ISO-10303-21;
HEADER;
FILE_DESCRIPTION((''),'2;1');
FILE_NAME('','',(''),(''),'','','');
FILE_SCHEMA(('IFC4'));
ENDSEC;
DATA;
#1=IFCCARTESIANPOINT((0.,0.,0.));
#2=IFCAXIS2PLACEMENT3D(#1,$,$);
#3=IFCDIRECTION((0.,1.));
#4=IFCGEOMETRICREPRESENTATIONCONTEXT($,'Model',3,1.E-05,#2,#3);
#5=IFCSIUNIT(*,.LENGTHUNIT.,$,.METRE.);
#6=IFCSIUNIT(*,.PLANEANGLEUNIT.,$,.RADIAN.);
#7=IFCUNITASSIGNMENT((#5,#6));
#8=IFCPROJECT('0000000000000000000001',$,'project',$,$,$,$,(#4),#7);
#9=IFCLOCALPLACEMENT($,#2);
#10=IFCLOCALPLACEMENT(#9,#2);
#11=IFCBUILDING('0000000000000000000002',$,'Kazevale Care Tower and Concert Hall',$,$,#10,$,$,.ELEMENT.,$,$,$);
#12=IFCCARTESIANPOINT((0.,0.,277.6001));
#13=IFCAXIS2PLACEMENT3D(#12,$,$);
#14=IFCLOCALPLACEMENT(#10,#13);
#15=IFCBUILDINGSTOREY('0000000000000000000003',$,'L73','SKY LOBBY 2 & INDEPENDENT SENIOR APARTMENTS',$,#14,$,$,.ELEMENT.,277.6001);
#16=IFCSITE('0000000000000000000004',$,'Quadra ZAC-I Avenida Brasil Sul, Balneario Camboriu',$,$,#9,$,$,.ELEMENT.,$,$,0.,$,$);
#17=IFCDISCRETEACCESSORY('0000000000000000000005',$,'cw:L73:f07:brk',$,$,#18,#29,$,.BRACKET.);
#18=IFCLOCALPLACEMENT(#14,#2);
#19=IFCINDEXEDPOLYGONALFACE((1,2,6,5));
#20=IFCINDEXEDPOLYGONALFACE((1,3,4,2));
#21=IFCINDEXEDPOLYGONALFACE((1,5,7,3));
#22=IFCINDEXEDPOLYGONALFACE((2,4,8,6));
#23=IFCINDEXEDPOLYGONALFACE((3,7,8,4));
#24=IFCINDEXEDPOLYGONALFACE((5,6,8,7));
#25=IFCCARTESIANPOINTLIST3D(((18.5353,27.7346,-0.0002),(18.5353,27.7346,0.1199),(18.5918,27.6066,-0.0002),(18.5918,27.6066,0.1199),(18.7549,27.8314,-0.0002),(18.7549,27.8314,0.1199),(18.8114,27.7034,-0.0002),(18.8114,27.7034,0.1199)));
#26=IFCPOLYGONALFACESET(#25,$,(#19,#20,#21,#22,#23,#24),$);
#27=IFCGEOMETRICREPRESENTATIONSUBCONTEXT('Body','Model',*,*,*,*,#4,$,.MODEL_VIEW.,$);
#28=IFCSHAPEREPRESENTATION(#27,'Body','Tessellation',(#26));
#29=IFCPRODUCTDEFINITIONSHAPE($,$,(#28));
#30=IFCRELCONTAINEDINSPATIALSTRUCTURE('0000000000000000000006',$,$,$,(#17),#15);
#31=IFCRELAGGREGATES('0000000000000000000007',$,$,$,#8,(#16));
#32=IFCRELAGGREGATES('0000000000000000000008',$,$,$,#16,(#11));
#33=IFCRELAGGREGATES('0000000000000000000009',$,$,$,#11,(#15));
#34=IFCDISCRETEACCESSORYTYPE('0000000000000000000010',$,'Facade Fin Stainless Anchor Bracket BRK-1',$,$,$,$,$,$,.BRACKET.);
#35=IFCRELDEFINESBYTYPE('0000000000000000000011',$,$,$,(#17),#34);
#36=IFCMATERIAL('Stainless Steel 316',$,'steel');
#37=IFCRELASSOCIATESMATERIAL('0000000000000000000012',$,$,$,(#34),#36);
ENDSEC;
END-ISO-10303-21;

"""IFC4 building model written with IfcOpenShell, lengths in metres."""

from ifc_helpers import new_model, si_unit, direction, frame, origin, origin_2d, place, context, subcontext, project, spatial, rectangle, extrude, material, type_object, element, save


model = new_model("IFC4")

# Units and contexts
model_context = context("Model", 3, precision=1e-05, world=origin(), true_north=direction((0.0, 1.0)))
body_context = subcontext(model_context, "Body", "Model", "MODEL_VIEW")
ifc_project = project(units=[si_unit("LENGTHUNIT", "METRE"), si_unit("PLANEANGLEUNIT", "RADIAN")], contexts=[model_context])

# Site, building, storey
site_placement = place(None, origin())
site = spatial("IfcSite", under=ifc_project, at=site_placement, Name="Quadra ZAC-I Avenida Brasil Sul, Balneario Camboriu", CompositionType="ELEMENT", RefElevation=0.0)
building_placement = place(site_placement, origin())
building = spatial("IfcBuilding", under=site, at=building_placement, Name="Kazevale Care Tower and Concert Hall", CompositionType="ELEMENT")
storey_placement = place(building_placement, frame((0.0, 0.0, 277.6001)))
storey = spatial("IfcBuildingStorey", under=building, at=storey_placement, Name="L73", Description="SKY LOBBY 2 & INDEPENDENT SENIOR APARTMENTS", CompositionType="ELEMENT", Elevation=277.6001)

# Shared definitions
ifc_material_1 = material(Name="Stainless Steel 316", Category="steel")

# Discrete accessory
discrete_accessory_type = type_object("IfcDiscreteAccessoryType", Name="Facade Fin Stainless Anchor Bracket BRK-1", PredefinedType="BRACKET", material=ifc_material_1)
discrete_accessory_placement = place(storey_placement, frame((18.6733, 27.719, -0.0002), z_axis=(0.0, 0.0, 1.0), x_axis=(-0.91496, -0.403545, 0.0)))
element("IfcDiscreteAccessory", 1, at=discrete_accessory_placement, inside=storey, type_object=discrete_accessory_type, Name="cw:L73:f07:brk", PredefinedType="BRACKET", context=body_context, shape_type="SweptSolid", body=[
    extrude(rectangle(XDim=0.24, YDim=0.1399, at=origin_2d()), origin(), (0.0, 0.0, 1.0), 0.1201),
])

save(model, "model.ifc")
